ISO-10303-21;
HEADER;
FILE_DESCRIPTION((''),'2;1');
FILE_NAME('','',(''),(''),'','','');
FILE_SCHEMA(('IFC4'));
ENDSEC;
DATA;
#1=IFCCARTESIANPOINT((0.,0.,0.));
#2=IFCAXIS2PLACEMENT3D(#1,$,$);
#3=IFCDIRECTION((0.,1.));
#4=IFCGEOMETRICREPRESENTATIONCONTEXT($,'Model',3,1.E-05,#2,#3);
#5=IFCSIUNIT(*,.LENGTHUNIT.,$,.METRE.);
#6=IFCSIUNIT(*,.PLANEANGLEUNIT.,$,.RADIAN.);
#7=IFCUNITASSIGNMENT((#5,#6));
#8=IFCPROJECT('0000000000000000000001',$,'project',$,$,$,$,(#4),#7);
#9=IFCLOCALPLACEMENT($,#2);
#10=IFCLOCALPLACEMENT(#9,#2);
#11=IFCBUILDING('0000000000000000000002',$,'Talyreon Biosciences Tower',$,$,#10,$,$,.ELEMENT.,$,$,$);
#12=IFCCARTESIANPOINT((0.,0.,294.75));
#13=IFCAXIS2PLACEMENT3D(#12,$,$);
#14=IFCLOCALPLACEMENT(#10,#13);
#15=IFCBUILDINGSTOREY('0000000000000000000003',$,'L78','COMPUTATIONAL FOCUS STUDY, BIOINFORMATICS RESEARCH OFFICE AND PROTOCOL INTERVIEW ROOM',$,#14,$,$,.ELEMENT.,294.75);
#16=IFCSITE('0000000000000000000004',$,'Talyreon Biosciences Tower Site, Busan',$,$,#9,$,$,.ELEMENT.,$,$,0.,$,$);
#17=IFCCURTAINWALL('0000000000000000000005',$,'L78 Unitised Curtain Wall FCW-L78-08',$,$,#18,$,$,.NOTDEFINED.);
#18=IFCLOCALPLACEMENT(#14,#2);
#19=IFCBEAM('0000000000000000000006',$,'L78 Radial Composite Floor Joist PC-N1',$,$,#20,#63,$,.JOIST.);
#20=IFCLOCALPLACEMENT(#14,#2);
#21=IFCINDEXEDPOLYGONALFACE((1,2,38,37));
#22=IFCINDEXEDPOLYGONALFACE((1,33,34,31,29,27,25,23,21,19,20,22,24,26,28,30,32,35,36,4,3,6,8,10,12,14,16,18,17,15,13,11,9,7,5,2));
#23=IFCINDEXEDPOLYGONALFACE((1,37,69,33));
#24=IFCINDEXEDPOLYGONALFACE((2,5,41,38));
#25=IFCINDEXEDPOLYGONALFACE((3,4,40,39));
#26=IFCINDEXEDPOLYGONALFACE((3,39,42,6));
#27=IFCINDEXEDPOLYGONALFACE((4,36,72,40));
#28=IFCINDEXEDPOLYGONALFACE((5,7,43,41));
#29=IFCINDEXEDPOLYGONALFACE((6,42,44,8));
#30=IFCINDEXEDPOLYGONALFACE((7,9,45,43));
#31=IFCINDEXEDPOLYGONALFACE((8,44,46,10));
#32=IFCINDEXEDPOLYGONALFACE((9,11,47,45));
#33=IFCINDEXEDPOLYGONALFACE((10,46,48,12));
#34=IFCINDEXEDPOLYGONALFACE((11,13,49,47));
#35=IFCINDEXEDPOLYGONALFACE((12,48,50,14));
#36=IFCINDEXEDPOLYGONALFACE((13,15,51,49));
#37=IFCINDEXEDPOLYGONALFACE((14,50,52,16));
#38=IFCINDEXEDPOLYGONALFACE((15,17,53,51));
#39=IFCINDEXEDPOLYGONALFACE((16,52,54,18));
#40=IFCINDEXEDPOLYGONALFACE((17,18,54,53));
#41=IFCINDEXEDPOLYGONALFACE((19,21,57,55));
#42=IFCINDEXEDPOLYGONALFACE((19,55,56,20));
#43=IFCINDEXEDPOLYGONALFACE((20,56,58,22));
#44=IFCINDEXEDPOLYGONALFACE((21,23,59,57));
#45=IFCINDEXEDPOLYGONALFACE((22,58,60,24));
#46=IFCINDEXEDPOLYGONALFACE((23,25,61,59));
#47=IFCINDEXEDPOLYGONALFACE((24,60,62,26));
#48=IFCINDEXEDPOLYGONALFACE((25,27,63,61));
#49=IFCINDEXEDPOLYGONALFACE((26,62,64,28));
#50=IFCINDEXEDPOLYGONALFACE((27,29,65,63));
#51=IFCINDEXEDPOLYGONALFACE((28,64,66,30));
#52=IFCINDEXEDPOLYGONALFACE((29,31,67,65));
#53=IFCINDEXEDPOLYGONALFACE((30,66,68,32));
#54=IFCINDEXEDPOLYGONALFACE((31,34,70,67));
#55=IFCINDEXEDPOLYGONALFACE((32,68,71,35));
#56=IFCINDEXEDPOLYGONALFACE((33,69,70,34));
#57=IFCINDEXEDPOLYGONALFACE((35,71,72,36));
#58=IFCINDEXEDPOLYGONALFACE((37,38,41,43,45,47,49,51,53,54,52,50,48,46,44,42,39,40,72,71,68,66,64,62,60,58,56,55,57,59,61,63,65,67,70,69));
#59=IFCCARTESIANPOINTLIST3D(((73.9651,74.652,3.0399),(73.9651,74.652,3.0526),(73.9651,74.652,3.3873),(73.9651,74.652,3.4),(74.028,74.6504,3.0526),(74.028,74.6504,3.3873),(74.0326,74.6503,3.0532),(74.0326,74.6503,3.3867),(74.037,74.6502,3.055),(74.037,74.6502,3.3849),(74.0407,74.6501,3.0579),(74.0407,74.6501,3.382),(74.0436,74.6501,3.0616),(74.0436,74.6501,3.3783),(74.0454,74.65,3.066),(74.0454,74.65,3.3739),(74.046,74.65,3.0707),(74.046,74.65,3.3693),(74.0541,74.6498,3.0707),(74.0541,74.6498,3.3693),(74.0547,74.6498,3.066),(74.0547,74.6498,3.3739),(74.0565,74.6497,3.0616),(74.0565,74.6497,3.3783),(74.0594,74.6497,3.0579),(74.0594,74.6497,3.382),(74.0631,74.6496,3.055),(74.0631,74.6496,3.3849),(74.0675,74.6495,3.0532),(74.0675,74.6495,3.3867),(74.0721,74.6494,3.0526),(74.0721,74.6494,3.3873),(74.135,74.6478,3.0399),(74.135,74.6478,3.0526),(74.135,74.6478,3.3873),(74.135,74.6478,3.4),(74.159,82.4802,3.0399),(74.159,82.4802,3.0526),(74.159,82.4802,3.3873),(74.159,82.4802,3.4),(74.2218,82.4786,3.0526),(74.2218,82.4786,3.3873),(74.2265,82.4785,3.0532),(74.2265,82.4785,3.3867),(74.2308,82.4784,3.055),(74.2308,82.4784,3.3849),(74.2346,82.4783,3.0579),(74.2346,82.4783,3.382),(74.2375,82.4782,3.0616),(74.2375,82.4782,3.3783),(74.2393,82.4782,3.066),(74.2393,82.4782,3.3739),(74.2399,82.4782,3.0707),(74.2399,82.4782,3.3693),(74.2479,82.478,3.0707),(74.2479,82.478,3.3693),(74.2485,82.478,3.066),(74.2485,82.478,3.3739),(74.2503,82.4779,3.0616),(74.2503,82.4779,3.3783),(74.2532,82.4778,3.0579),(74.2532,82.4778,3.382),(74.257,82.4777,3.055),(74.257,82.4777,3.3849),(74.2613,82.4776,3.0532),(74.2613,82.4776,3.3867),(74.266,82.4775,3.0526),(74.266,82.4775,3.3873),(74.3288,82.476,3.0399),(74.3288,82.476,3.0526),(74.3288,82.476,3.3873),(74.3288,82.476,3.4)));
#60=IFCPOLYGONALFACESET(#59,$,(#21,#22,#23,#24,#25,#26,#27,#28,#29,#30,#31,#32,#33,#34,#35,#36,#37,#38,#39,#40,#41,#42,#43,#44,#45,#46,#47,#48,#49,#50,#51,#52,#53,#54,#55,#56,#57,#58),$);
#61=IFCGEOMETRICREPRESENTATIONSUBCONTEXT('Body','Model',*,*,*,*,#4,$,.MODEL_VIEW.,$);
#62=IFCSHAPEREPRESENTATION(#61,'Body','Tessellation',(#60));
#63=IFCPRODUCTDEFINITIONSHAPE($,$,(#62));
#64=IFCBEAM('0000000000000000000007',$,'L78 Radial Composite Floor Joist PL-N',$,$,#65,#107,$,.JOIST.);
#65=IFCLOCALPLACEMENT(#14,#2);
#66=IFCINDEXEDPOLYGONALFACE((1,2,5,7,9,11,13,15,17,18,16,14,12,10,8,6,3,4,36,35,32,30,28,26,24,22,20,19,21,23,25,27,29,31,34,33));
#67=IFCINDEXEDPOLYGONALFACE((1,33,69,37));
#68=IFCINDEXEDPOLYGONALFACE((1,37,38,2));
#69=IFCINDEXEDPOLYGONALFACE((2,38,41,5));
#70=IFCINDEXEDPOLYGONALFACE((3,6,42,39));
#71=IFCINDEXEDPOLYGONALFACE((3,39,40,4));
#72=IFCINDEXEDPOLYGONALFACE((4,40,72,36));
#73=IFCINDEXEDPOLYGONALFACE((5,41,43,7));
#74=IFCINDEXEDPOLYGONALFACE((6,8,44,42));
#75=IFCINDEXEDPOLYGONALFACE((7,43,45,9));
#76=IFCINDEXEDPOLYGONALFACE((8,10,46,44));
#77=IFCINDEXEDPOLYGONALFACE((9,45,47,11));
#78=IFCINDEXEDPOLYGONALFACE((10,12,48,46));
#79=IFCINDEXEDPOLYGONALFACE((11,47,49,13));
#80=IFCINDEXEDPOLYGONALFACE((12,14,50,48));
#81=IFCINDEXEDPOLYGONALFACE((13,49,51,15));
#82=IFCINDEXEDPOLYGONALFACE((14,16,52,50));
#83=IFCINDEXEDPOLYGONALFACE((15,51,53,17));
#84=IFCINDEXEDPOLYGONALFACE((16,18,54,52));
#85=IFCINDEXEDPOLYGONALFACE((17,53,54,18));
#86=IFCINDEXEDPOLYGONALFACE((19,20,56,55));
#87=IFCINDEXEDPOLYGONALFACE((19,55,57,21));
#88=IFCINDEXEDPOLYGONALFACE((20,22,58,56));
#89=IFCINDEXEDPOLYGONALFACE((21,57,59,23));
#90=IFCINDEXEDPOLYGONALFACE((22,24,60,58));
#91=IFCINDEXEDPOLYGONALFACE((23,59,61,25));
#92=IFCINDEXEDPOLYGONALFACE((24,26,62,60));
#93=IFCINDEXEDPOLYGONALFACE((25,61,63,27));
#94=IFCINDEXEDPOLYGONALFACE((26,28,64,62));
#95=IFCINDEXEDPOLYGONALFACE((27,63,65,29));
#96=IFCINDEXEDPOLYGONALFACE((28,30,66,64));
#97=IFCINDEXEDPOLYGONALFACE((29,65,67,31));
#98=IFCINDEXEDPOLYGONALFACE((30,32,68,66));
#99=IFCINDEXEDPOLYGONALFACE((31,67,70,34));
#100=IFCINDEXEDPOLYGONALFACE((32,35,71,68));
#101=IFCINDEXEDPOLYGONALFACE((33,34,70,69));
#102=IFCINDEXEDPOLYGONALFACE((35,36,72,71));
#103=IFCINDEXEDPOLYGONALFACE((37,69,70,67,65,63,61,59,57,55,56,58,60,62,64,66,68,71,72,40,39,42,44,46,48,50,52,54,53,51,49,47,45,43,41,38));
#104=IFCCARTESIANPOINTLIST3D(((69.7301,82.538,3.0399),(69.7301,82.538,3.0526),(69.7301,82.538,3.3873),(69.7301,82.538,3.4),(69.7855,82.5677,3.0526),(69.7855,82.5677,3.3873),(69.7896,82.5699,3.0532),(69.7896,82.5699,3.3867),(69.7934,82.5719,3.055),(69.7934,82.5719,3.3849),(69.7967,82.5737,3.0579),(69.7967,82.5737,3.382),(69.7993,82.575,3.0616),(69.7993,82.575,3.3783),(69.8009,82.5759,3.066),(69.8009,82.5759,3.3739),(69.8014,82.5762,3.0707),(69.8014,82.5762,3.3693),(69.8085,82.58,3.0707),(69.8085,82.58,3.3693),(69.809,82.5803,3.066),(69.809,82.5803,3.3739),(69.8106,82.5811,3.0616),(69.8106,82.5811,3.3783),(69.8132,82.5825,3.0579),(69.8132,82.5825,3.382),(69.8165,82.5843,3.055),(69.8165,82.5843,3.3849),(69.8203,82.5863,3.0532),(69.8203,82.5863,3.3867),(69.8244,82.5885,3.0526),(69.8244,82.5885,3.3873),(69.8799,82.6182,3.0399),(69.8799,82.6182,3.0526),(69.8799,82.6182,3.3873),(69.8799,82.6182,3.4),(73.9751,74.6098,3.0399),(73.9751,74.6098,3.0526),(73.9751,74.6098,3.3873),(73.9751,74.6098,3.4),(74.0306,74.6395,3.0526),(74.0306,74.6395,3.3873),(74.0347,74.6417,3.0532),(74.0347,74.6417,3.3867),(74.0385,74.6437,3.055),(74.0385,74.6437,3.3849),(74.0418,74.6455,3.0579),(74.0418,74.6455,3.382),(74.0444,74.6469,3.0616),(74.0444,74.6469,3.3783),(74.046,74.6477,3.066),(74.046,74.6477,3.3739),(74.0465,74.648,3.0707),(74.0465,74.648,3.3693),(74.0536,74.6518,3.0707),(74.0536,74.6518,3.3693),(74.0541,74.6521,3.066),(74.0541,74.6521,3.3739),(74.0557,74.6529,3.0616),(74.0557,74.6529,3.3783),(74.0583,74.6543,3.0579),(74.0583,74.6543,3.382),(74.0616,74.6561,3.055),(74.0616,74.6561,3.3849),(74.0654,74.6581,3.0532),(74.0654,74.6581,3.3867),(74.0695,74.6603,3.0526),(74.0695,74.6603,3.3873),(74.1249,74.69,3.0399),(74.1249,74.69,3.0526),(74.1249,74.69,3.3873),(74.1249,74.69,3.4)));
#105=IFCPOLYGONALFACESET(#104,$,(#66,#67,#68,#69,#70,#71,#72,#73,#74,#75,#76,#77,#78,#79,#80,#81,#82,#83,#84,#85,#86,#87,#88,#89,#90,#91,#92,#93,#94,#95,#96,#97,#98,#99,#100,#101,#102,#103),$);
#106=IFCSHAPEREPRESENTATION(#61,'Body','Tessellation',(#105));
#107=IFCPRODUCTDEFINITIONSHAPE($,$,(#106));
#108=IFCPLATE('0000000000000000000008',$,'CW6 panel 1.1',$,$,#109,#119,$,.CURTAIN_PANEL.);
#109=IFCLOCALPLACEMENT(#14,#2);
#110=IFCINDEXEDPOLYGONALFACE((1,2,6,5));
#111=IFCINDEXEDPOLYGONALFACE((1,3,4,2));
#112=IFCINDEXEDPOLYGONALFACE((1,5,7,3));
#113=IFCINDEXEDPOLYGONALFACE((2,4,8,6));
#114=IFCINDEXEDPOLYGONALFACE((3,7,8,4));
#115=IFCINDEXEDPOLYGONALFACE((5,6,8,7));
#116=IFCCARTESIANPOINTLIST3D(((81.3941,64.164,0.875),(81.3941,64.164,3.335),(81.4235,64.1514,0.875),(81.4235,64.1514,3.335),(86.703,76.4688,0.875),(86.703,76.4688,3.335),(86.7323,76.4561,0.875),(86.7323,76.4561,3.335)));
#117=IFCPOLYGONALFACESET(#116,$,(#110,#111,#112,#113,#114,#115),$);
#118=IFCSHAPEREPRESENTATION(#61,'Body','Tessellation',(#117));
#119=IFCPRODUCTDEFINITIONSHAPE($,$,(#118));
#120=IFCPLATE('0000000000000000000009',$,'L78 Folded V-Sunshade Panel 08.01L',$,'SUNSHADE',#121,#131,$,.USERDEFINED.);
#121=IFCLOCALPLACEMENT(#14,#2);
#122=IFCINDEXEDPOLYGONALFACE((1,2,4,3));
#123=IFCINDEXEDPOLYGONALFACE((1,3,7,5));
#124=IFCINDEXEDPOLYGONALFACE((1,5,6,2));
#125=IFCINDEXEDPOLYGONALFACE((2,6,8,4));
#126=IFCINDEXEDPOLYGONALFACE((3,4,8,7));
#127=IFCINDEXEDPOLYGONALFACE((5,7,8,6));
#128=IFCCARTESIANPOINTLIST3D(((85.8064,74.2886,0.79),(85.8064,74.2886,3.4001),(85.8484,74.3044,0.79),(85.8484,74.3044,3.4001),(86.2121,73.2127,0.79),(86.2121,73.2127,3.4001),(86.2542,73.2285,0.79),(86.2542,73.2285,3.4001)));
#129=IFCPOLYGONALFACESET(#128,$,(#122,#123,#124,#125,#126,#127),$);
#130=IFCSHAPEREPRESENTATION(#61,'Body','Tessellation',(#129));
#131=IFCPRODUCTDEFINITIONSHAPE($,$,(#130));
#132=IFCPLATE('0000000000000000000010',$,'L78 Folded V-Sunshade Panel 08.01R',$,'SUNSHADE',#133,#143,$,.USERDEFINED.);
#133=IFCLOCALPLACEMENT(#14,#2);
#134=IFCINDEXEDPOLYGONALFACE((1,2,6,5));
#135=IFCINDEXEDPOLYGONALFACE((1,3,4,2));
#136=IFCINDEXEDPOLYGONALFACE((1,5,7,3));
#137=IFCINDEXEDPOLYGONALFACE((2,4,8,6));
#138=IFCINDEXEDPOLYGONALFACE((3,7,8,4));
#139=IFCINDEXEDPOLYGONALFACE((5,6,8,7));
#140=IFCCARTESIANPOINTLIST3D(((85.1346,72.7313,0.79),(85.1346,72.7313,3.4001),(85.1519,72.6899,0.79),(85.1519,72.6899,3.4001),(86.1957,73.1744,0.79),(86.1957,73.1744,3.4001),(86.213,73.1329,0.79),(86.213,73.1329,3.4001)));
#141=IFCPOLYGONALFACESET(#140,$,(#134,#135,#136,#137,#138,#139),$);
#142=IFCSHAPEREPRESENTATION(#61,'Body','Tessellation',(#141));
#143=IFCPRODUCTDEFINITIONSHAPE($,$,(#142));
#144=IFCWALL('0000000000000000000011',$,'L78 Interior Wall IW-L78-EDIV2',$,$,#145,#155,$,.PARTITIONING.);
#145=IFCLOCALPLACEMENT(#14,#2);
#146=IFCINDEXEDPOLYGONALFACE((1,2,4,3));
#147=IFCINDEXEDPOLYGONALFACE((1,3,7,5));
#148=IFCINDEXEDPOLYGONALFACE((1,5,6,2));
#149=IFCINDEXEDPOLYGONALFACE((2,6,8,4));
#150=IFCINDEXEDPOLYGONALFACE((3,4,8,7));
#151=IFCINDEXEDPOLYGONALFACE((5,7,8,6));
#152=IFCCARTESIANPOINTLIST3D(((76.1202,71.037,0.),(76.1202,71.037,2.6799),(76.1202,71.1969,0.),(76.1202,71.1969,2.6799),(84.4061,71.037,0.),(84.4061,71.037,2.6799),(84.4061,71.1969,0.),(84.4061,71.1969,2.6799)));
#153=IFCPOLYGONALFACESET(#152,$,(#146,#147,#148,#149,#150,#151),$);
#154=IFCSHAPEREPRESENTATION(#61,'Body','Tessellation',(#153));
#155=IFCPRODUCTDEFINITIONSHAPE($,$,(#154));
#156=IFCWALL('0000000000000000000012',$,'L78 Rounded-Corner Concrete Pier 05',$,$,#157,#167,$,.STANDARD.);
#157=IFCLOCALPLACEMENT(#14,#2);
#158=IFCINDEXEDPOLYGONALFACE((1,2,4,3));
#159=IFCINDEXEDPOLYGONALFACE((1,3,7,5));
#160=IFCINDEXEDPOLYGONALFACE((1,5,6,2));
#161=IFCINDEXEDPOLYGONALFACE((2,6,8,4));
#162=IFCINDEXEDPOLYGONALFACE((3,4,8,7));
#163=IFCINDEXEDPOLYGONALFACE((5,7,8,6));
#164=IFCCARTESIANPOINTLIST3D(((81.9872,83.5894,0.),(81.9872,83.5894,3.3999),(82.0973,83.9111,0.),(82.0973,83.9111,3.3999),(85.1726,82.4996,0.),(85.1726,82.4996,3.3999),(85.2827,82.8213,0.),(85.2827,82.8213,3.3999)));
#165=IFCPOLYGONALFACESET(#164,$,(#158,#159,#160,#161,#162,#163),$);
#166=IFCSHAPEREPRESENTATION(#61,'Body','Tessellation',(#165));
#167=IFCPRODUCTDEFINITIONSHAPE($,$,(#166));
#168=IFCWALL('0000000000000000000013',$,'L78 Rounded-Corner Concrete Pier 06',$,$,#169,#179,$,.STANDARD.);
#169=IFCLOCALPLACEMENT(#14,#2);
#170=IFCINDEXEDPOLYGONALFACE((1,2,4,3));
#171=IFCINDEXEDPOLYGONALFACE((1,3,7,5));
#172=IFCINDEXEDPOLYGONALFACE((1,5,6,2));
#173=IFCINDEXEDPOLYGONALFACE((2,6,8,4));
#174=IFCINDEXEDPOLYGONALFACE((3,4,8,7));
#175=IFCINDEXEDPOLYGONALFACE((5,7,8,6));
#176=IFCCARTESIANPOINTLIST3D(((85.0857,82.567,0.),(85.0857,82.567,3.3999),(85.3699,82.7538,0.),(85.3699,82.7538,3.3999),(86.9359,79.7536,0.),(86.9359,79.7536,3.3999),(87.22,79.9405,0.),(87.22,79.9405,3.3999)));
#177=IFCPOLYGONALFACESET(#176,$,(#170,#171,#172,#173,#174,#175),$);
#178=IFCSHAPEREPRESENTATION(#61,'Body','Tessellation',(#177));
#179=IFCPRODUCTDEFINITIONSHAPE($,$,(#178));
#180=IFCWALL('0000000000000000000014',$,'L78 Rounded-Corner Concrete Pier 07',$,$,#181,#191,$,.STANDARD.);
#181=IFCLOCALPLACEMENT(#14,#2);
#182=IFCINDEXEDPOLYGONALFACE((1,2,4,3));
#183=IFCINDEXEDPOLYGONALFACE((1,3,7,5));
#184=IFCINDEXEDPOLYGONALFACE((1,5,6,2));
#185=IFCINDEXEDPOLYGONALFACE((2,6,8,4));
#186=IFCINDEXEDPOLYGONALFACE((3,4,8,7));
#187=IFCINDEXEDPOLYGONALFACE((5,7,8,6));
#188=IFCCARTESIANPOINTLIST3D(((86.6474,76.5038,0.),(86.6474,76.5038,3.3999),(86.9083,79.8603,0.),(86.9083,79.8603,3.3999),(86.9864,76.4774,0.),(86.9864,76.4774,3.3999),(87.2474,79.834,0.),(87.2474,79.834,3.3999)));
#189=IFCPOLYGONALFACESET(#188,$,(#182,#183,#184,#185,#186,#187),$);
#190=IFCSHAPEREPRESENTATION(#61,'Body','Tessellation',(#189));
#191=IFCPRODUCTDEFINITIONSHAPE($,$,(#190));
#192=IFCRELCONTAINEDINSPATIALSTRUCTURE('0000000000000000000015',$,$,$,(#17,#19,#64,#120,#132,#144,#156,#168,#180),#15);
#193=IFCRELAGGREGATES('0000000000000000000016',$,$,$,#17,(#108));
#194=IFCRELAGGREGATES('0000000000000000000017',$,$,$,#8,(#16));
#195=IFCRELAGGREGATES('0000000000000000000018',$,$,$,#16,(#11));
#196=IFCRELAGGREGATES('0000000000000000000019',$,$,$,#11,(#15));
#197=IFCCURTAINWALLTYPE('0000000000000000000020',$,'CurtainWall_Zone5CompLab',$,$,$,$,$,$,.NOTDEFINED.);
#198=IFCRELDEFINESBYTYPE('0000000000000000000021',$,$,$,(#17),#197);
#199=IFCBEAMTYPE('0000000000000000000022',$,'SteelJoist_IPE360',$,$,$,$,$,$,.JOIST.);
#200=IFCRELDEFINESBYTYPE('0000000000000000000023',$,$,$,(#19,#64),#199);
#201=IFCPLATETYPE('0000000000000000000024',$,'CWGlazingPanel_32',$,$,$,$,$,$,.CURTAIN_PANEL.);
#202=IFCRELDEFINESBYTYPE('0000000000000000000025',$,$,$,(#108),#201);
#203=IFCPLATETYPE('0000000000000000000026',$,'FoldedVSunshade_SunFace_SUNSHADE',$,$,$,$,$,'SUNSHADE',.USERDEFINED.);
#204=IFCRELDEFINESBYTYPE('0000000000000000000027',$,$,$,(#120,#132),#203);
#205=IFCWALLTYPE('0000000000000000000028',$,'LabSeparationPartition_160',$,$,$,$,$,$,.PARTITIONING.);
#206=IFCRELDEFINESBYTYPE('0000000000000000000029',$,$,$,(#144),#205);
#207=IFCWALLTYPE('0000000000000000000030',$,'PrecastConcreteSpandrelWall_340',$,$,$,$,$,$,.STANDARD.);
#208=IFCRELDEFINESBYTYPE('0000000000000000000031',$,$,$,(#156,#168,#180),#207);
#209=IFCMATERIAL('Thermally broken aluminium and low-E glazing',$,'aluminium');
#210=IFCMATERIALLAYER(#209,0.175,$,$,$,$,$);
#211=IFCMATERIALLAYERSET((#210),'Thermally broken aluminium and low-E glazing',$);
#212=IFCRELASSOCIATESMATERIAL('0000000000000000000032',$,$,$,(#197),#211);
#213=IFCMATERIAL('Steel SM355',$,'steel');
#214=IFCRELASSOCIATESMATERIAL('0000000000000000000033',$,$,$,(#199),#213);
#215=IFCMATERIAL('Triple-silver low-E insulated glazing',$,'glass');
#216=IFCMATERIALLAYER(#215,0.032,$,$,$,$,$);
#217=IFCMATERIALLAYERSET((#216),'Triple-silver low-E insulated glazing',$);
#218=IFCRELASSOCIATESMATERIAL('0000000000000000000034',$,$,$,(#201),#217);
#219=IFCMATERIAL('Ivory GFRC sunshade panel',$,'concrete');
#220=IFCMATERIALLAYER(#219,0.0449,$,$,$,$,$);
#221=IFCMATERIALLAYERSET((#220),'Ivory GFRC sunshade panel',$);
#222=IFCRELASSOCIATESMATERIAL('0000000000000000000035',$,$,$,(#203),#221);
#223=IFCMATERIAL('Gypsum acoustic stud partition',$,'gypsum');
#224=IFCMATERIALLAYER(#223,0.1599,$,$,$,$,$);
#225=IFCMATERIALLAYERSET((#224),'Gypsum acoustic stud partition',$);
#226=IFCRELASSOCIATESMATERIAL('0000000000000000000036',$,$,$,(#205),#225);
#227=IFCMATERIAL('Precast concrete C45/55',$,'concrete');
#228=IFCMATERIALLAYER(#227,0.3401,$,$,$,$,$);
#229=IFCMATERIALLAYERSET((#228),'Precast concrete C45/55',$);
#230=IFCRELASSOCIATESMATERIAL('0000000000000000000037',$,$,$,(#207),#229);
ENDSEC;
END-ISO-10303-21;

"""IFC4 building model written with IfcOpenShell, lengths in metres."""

from ifc_helpers import new_model, si_unit, direction, frame, frame_2d, origin, origin_2d, place, context, subcontext, project, spatial, rectangle, i_section, extrude, material, layer, layer_set, material_profile, profile_set, type_object, element, aggregate, save


model = new_model("IFC4")

# Units and contexts
model_context = context("Model", 3, precision=1e-05, world=origin(), true_north=direction((0.0, 1.0)))
body_context = subcontext(model_context, "Body", "Model", "MODEL_VIEW")
ifc_project = project(units=[si_unit("LENGTHUNIT", "METRE"), si_unit("PLANEANGLEUNIT", "RADIAN")], contexts=[model_context])

# Site, building, storey
site_placement = place(None, origin())
site = spatial("IfcSite", under=ifc_project, at=site_placement, Name="Talyreon Biosciences Tower Site, Busan", CompositionType="ELEMENT", RefElevation=0.0)
building_placement = place(site_placement, origin())
building = spatial("IfcBuilding", under=site, at=building_placement, Name="Talyreon Biosciences Tower", CompositionType="ELEMENT")
storey_placement = place(building_placement, frame((0.0, 0.0, 294.75)))
storey = spatial("IfcBuildingStorey", under=building, at=storey_placement, Name="L78", Description="COMPUTATIONAL FOCUS STUDY, BIOINFORMATICS RESEARCH OFFICE AND PROTOCOL INTERVIEW ROOM", CompositionType="ELEMENT", Elevation=294.75)

# Shared definitions
ifc_material_1 = material(Name="Thermally broken aluminium and low-E glazing", Category="aluminium")
ifc_layer_1 = layer(ifc_material_1, 0.175)
ifc_layer_set_1 = layer_set([ifc_layer_1], Name="Thermally broken aluminium and low-E glazing")
curtain_wall_type = type_object("IfcCurtainWallType", Name="CurtainWall_Zone5CompLab", PredefinedType="NOTDEFINED", material=ifc_layer_set_1)

# Curtain wall
curtain_wall_1_placement = place(storey_placement, origin())
curtain_wall_1 = element("IfcCurtainWall", 1, at=curtain_wall_1_placement, inside=storey, type_object=curtain_wall_type, Name="L78 Unitised Curtain Wall FCW-L78-08", PredefinedType="NOTDEFINED")

# Beams
ifc_material_2 = material(Name="Precast concrete C45/55", Category="concrete")
ifc_material_3 = material(Name="Steel SM355", Category="steel")
ifc_material_profile_1 = material_profile(ifc_material_3, i_section(OverallWidth=0.1699, OverallDepth=0.3601, WebThickness=0.0081, FlangeThickness=0.0127, FilletRadius=0.0181, at=origin_2d()), Name="IPE360")
ifc_profile_set_1 = profile_set([ifc_material_profile_1], Name="Steel SM355")
beam_type_1 = type_object("IfcBeamType", Name="SteelJoist_IPE360", PredefinedType="JOIST", material=ifc_profile_set_1)
beam_1_placement = place(storey_placement, frame((74.05, 74.6499, 3.22), z_axis=(0.024755, 0.999694, 0.0), x_axis=(-0.999694, 0.024755, 0.0)))
element("IfcBeam", 2, at=beam_1_placement, inside=storey, type_object=beam_type_1, Name="L78 Radial Composite Floor Joist PC-N1", PredefinedType="JOIST", context=body_context, shape_type="SweptSolid", body=[
    extrude(i_section(OverallWidth=0.1699, OverallDepth=0.3601, WebThickness=0.0081, FlangeThickness=0.0127, FilletRadius=0.0181, at=origin_2d()), origin(), (0.0, 0.0, 1.0), 7.8306),
])
beam_2_placement = place(storey_placement, frame((74.05, 74.6499, 3.22), z_axis=(-0.472036, 0.881579, 0.0), x_axis=(-0.881579, -0.472036, 0.0)))
element("IfcBeam", 3, at=beam_2_placement, inside=storey, type_object=beam_type_1, Name="L78 Radial Composite Floor Joist PL-N", PredefinedType="JOIST", context=body_context, shape_type="SweptSolid", body=[
    extrude(i_section(OverallWidth=0.1699, OverallDepth=0.3601, WebThickness=0.0081, FlangeThickness=0.0127, FilletRadius=0.0181, at=origin_2d()), origin(), (0.0, 0.0, 1.0), 8.9932),
])

# Plate
ifc_material_4 = material(Name="Triple-silver low-E insulated glazing", Category="glass")
ifc_layer_2 = layer(ifc_material_4, 0.032)
ifc_layer_set_2 = layer_set([ifc_layer_2], Name="Triple-silver low-E insulated glazing")
plate_type_1 = type_object("IfcPlateType", Name="CWGlazingPanel_32", PredefinedType="CURTAIN_PANEL", material=ifc_layer_set_2)
plate_placement = place(storey_placement, frame((84.0632, 70.3101, 0.875), z_axis=(0.0, 0.0, 1.0), x_axis=(-0.396147, -0.918187, 0.0)))
plate = element("IfcPlate", 4, at=plate_placement, type_object=plate_type_1, Name="CW6 panel 1.1", PredefinedType="CURTAIN_PANEL", context=body_context, shape_type="SweptSolid", body=[
    extrude(rectangle(XDim=13.4011, YDim=0.032, at=origin_2d()), origin(), (0.0, 0.0, 1.0), 2.46),
])
aggregate(curtain_wall_1, [plate])

# Plates
ifc_material_5 = material(Name="Ivory GFRC sunshade panel", Category="concrete")
ifc_layer_3 = layer(ifc_material_5, 0.0449)
ifc_layer_set_3 = layer_set([ifc_layer_3], Name="Ivory GFRC sunshade panel")
plate_type_2 = type_object("IfcPlateType", Name="FoldedVSunshade_SunFace_SUNSHADE", ElementType="SUNSHADE", PredefinedType="USERDEFINED", material=ifc_layer_set_3)
for number, where, z_axis, x_axis, name in (
    (5, (86.0303, 73.7585, 0.79), (0.0, 0.0, 1.0), (0.352871, -0.935672, 0.0), "L78 Folded V-Sunshade Panel 08.01L"),
    (6, (85.6738, 72.9321, 0.79), (0.0, 0.0, 1.0), (-0.922787, -0.38531, 0.0), "L78 Folded V-Sunshade Panel 08.01R"),
):
    element("IfcPlate", number, at=place(storey_placement, frame(where, z_axis=z_axis, x_axis=x_axis)), inside=storey, type_object=plate_type_2, Name=name, ObjectType="SUNSHADE", PredefinedType="USERDEFINED", context=body_context, shape_type="SweptSolid", body=[
        extrude(rectangle(XDim=1.1499, YDim=0.0449, at=origin_2d()), origin(), (0.0, 0.0, 1.0), 2.6101),
    ])

# Walls
ifc_material_6 = material(Name="Gypsum acoustic stud partition", Category="gypsum")
ifc_layer_4 = layer(ifc_material_6, 0.1599)
ifc_layer_set_4 = layer_set([ifc_layer_4], Name="Gypsum acoustic stud partition")
wall_type_1 = type_object("IfcWallType", Name="LabSeparationPartition_160", PredefinedType="PARTITIONING", material=ifc_layer_set_4)
wall_1_placement = place(storey_placement, frame((76.1201, 71.1169, 0.0), z_axis=(0.0, 0.0, 1.0), x_axis=(1.0, 0.0, 0.0)))
element("IfcWall", 7, at=wall_1_placement, inside=storey, type_object=wall_type_1, Name="L78 Interior Wall IW-L78-EDIV2", PredefinedType="PARTITIONING", context=body_context, shape_type="SweptSolid", body=[
    extrude(rectangle(XDim=8.2859, YDim=0.1599, at=frame_2d((4.1431, 0.0))), origin(), (0.0, 0.0, 1.0), 2.6799),
])
ifc_layer_5 = layer(ifc_material_2, 0.3401)
ifc_layer_set_5 = layer_set([ifc_layer_5], Name="Precast concrete C45/55")
wall_type_2 = type_object("IfcWallType", Name="PrecastConcreteSpandrelWall_340", PredefinedType="STANDARD", material=ifc_layer_set_5)
wall_2_placement = place(storey_placement, frame((82.0422, 83.7502, 0.0), z_axis=(0.0, 0.0, 1.0), x_axis=(0.946159, -0.323701, 0.0)))
element("IfcWall", 8, at=wall_2_placement, inside=storey, type_object=wall_type_2, Name="L78 Rounded-Corner Concrete Pier 05", PredefinedType="STANDARD", context=body_context, shape_type="SweptSolid", body=[
    extrude(rectangle(XDim=3.3667, YDim=0.3401, at=frame_2d((1.6833, 0.0))), origin(), (0.0, 0.0, 1.0), 3.3999),
])
wall_3_placement = place(storey_placement, frame((85.2278, 82.6604, 0.0), z_axis=(0.0, 0.0, 1.0), x_axis=(0.549469, -0.835514, 0.0)))
element("IfcWall", 9, at=wall_3_placement, inside=storey, type_object=wall_type_2, Name="L78 Rounded-Corner Concrete Pier 06", PredefinedType="STANDARD", context=body_context, shape_type="SweptSolid", body=[
    extrude(rectangle(XDim=3.3672, YDim=0.3401, at=frame_2d((1.6836, 0.0))), origin(), (0.0, 0.0, 1.0), 3.3999),
])
wall_4_placement = place(storey_placement, frame((87.0779, 79.8472, 0.0), z_axis=(0.0, 0.0, 1.0), x_axis=(-0.077517, -0.996991, 0.0)))
element("IfcWall", 10, at=wall_4_placement, inside=storey, type_object=wall_type_2, Name="L78 Rounded-Corner Concrete Pier 07", PredefinedType="STANDARD", context=body_context, shape_type="SweptSolid", body=[
    extrude(rectangle(XDim=3.3667, YDim=0.3401, at=frame_2d((1.6833, 0.0))), origin(), (0.0, 0.0, 1.0), 3.3999),
])

save(model, "model.ifc")
